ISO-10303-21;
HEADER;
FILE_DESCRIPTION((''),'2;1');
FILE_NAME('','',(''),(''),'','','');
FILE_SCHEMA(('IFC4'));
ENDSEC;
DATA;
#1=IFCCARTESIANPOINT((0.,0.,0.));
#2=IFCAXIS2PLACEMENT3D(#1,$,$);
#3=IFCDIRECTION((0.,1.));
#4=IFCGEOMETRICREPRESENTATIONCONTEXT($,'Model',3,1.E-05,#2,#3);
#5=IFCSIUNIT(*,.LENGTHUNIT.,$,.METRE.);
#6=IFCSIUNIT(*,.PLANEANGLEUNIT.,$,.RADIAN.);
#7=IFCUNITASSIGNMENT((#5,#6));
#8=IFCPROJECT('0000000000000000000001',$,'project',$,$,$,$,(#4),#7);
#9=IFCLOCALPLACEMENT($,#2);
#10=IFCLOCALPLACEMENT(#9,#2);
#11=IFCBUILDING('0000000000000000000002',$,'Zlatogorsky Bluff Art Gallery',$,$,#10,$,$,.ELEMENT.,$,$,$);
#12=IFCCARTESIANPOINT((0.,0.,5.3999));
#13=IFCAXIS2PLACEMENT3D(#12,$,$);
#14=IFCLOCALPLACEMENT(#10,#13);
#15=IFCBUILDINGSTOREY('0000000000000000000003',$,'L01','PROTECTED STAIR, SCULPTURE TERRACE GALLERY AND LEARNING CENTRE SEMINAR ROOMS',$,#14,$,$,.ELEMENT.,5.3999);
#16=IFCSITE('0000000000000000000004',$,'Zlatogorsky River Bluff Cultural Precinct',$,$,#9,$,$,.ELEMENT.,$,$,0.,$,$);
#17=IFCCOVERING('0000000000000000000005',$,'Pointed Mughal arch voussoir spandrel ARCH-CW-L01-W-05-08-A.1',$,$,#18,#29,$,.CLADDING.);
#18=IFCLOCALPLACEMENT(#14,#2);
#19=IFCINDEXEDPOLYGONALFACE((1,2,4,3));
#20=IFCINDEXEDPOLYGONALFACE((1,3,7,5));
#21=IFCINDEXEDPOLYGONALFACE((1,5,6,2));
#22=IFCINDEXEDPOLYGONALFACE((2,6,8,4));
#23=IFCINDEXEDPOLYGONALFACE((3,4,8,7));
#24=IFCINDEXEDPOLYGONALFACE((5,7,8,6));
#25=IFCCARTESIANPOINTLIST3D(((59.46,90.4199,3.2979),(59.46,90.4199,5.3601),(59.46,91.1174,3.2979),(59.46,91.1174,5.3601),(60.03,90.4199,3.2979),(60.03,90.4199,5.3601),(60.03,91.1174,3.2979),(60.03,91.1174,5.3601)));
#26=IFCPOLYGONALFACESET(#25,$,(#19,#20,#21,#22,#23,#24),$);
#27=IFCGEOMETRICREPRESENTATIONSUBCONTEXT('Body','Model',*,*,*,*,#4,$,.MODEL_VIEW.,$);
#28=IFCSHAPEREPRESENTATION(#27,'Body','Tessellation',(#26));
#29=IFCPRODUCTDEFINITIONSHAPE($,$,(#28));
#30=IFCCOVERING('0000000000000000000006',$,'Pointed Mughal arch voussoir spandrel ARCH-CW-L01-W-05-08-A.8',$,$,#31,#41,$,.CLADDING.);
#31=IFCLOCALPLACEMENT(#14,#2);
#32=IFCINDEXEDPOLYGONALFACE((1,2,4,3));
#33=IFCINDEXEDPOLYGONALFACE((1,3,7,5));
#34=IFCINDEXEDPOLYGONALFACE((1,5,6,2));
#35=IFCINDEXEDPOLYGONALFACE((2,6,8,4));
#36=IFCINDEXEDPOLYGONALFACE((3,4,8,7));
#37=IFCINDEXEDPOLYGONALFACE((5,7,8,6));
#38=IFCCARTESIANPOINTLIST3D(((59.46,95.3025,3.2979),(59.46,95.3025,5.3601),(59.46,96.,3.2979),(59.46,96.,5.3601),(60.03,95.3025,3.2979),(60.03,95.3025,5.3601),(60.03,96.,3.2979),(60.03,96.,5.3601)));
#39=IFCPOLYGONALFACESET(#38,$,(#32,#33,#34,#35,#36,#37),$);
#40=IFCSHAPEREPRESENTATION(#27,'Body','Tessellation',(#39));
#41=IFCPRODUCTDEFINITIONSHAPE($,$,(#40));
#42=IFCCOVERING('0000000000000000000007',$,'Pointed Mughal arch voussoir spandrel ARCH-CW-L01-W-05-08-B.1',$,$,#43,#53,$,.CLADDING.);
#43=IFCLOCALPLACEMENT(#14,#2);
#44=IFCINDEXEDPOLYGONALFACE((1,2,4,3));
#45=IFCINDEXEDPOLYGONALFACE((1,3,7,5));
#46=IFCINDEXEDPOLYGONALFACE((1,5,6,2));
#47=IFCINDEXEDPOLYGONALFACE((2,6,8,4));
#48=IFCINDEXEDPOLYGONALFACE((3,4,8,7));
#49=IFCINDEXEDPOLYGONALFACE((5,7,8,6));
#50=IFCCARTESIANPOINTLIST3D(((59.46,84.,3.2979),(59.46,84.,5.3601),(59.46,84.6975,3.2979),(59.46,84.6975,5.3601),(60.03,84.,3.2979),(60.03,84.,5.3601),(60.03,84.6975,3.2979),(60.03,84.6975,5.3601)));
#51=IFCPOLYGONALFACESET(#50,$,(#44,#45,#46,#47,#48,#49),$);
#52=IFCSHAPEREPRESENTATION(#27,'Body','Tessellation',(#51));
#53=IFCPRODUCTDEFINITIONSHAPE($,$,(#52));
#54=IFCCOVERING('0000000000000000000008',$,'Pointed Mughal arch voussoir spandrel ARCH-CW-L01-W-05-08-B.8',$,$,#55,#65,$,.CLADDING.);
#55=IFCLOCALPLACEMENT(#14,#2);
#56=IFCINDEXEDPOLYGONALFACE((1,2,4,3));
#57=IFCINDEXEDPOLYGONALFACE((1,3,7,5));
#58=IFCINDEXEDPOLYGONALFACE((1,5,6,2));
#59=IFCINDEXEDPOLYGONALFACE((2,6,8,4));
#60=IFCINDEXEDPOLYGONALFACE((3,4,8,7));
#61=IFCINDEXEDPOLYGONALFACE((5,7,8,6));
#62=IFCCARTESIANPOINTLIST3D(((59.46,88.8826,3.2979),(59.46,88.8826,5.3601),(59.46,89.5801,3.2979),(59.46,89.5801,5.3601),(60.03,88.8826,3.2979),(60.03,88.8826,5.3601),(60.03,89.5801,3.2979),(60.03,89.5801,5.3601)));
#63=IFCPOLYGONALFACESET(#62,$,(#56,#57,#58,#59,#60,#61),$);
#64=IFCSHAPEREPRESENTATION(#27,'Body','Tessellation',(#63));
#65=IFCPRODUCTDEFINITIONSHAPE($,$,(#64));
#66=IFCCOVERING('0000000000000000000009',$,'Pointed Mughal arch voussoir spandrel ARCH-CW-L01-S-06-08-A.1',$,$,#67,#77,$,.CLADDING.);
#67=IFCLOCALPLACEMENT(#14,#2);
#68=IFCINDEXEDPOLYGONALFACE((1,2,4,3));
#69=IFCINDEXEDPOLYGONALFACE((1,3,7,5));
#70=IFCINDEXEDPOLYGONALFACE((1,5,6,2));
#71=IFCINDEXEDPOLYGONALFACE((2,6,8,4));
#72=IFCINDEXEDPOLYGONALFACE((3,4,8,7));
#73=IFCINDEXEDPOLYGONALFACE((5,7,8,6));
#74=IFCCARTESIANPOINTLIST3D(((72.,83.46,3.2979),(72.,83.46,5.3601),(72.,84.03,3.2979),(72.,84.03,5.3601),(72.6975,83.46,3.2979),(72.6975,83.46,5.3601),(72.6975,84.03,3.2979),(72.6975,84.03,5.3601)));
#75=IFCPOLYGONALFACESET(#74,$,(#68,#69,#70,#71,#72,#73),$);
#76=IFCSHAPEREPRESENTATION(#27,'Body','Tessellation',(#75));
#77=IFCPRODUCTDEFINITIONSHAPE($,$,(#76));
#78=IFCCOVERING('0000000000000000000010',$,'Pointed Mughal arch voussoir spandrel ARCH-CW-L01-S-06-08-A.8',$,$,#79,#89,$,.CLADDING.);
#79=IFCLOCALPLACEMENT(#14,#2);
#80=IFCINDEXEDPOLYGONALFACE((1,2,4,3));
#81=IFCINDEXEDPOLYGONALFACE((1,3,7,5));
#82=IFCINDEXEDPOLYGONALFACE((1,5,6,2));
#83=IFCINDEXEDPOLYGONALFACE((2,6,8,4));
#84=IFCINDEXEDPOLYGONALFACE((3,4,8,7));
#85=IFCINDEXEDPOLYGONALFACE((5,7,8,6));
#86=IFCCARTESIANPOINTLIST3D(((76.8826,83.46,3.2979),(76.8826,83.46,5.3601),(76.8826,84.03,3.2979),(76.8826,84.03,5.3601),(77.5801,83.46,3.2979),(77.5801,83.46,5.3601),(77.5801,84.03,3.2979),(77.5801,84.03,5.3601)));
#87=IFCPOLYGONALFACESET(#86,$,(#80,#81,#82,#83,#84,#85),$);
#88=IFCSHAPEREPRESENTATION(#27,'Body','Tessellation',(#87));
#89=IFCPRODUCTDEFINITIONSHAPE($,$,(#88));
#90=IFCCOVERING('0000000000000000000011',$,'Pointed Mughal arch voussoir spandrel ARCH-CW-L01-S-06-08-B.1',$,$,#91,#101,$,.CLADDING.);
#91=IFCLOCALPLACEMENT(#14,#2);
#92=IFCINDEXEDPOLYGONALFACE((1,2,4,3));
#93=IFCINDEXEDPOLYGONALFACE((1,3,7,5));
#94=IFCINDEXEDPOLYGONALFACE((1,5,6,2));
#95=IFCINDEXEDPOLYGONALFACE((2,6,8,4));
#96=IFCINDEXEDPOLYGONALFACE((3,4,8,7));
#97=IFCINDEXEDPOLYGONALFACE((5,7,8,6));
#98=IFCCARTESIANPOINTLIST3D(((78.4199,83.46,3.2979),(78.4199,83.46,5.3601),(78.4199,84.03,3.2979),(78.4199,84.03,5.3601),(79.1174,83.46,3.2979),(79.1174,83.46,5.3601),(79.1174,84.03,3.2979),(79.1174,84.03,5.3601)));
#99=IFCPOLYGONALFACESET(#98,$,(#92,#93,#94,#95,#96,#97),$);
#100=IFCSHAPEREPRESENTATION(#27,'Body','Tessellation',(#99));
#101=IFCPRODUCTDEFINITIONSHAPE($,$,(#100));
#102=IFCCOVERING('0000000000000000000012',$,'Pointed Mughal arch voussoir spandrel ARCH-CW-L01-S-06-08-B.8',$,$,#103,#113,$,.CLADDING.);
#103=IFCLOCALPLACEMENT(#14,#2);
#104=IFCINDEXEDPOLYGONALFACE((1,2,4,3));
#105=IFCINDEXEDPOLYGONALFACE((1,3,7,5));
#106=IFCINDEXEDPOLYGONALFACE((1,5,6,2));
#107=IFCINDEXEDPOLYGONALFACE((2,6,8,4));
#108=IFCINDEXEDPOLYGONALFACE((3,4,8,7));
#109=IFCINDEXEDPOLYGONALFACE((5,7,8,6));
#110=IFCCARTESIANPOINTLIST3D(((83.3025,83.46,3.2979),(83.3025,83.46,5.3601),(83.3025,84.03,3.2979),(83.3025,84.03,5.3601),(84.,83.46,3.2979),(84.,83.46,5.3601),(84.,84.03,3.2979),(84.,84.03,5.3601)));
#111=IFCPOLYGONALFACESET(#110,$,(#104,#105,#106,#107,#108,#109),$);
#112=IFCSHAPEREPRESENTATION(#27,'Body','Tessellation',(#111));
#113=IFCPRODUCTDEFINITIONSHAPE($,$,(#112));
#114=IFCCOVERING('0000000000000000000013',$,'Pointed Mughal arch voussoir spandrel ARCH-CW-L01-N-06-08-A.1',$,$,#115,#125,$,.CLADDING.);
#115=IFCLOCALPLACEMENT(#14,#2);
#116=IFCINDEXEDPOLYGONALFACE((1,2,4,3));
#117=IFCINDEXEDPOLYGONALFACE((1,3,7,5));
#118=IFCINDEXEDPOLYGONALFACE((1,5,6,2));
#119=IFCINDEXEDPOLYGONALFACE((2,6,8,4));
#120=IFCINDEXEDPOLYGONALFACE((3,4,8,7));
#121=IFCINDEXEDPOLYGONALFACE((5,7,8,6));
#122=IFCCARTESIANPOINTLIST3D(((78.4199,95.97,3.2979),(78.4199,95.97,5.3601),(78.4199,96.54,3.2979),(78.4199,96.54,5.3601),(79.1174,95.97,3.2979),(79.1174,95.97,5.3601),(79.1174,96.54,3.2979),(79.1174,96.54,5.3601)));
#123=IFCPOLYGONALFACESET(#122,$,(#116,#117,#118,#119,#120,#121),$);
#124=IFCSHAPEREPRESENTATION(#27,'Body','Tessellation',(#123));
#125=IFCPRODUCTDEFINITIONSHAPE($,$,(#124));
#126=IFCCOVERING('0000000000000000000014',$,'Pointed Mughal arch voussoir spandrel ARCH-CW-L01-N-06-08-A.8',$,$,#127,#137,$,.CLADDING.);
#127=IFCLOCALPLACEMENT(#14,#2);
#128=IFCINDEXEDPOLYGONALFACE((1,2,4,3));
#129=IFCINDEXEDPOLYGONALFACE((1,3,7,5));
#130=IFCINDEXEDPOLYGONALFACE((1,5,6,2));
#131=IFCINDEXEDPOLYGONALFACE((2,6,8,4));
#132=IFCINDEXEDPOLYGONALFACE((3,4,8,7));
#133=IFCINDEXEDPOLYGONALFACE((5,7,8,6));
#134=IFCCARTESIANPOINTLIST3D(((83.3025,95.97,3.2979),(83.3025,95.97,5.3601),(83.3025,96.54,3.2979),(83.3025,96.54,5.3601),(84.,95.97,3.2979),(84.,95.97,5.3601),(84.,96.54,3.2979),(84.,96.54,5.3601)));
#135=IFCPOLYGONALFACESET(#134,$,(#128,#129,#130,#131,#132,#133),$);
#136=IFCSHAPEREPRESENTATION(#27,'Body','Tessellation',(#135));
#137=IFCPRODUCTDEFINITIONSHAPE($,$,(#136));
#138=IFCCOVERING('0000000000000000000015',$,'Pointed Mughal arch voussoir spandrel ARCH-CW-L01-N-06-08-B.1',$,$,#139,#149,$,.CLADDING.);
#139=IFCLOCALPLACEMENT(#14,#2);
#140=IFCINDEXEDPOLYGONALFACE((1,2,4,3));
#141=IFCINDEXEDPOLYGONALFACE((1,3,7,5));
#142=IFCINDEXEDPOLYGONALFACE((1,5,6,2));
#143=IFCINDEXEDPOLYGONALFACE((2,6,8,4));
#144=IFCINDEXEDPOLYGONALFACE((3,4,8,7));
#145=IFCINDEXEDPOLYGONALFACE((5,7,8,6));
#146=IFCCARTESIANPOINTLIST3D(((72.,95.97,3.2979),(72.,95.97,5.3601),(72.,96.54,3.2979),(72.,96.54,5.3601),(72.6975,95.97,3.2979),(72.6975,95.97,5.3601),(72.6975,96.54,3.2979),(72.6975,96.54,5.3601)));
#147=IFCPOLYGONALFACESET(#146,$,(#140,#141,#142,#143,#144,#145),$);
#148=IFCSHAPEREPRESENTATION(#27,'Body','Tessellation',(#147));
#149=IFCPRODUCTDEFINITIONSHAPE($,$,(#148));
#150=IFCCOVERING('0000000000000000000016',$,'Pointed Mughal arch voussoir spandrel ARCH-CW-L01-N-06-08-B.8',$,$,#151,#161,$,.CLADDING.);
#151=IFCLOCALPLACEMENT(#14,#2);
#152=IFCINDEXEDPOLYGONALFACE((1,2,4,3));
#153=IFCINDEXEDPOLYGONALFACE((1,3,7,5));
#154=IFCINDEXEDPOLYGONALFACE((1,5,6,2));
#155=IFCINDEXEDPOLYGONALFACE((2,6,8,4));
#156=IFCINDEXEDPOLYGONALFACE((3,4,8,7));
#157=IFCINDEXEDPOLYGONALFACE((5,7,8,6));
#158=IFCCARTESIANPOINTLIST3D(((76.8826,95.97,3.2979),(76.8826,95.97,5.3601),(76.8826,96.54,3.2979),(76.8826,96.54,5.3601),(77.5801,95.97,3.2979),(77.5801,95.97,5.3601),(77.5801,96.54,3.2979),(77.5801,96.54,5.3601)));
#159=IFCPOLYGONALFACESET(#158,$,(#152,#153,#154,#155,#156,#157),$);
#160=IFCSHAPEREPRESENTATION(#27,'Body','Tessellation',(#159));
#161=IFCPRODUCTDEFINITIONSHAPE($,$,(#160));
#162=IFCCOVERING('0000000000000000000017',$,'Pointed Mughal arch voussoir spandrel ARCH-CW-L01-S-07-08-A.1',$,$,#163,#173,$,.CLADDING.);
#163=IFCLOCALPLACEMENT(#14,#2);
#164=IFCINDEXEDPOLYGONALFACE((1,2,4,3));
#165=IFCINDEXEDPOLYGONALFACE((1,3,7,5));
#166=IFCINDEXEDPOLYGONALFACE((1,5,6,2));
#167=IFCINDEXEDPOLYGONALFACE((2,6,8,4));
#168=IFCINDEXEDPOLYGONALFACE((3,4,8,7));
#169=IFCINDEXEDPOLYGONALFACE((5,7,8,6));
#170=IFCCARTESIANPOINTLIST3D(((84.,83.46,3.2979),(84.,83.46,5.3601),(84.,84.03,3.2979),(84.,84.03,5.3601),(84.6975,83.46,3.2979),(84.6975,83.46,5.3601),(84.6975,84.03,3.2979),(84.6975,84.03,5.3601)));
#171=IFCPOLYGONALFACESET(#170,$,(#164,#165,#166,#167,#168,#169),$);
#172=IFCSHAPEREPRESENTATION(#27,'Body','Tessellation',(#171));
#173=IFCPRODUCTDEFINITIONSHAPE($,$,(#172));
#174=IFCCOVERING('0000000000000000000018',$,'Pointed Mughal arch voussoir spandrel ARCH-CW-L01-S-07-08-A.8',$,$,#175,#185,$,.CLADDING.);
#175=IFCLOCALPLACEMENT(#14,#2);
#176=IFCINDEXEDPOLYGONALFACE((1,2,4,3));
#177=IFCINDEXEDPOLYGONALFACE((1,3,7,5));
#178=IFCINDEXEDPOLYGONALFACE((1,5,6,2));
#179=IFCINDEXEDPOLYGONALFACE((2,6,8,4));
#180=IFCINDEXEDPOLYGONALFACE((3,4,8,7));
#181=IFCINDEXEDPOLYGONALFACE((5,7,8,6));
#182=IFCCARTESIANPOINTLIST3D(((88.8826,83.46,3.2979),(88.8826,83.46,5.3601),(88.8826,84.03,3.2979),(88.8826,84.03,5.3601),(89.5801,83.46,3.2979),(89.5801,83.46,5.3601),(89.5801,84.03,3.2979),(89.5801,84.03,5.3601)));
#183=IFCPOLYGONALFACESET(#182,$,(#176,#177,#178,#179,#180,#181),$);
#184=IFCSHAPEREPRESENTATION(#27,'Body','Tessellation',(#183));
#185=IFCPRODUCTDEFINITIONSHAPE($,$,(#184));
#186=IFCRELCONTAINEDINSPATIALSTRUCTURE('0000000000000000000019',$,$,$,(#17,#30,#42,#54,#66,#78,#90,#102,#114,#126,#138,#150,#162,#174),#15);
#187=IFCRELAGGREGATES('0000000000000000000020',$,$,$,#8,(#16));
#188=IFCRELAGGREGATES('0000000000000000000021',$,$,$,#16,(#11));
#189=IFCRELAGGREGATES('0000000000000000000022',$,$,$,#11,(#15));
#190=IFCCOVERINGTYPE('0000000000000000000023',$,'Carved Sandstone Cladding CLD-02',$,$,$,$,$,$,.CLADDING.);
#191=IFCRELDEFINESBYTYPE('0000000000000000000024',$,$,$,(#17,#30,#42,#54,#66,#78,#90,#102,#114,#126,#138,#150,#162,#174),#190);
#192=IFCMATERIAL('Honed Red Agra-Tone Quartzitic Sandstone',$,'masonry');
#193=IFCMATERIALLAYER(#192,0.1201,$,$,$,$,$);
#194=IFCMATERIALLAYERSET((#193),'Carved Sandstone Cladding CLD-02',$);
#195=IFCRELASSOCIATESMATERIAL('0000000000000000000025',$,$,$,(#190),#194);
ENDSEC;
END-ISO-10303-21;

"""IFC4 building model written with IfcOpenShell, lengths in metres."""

from ifc_helpers import new_model, si_unit, direction, frame, origin, place, context, subcontext, project, spatial, polyline, outline, extrude, material, layer, layer_set, type_object, element, save


model = new_model("IFC4")

# Units and contexts
model_context = context("Model", 3, precision=1e-05, world=origin(), true_north=direction((0.0, 1.0)))
body_context = subcontext(model_context, "Body", "Model", "MODEL_VIEW")
ifc_project = project(units=[si_unit("LENGTHUNIT", "METRE"), si_unit("PLANEANGLEUNIT", "RADIAN")], contexts=[model_context])

# Site, building, storey
site_placement = place(None, origin())
site = spatial("IfcSite", under=ifc_project, at=site_placement, Name="Zlatogorsky River Bluff Cultural Precinct", CompositionType="ELEMENT", RefElevation=0.0)
building_placement = place(site_placement, origin())
building = spatial("IfcBuilding", under=site, at=building_placement, Name="Zlatogorsky Bluff Art Gallery", CompositionType="ELEMENT")
storey_placement = place(building_placement, frame((0.0, 0.0, 5.3999)))
storey = spatial("IfcBuildingStorey", under=building, at=storey_placement, Name="L01", Description="PROTECTED STAIR, SCULPTURE TERRACE GALLERY AND LEARNING CENTRE SEMINAR ROOMS", CompositionType="ELEMENT", Elevation=5.3999)

# Coverings
ifc_material = material(Name="Honed Red Agra-Tone Quartzitic Sandstone", Category="masonry")
ifc_layer = layer(ifc_material, 0.1201)
ifc_layer_set = layer_set([ifc_layer], Name="Carved Sandstone Cladding CLD-02")
covering_type = type_object("IfcCoveringType", Name="Carved Sandstone Cladding CLD-02", PredefinedType="CLADDING", material=ifc_layer_set)
covering_1_placement = place(storey_placement, frame((0.0, 0.0, 3.2979)))
element("IfcCovering", 1, at=covering_1_placement, inside=storey, type_object=covering_type, Name="Pointed Mughal arch voussoir spandrel ARCH-CW-L01-W-05-08-A.1", PredefinedType="CLADDING", context=body_context, shape_type="SweptSolid", body=[
    extrude(outline(polyline([(59.46, 90.4199), (59.46, 91.1174), (60.03, 91.1174), (60.03, 90.4199), (59.46, 90.4199)])), origin(), (0.0, 0.0, 1.0), 2.0623),
])
covering_2_placement = place(storey_placement, frame((0.0, 0.0, 3.2979)))
element("IfcCovering", 2, at=covering_2_placement, inside=storey, type_object=covering_type, Name="Pointed Mughal arch voussoir spandrel ARCH-CW-L01-W-05-08-A.8", PredefinedType="CLADDING", context=body_context, shape_type="SweptSolid", body=[
    extrude(outline(polyline([(59.46, 95.3025), (59.46, 96.0), (60.03, 96.0), (60.03, 95.3025), (59.46, 95.3025)])), origin(), (0.0, 0.0, 1.0), 2.0623),
])
covering_3_placement = place(storey_placement, frame((0.0, 0.0, 3.2979)))
element("IfcCovering", 3, at=covering_3_placement, inside=storey, type_object=covering_type, Name="Pointed Mughal arch voussoir spandrel ARCH-CW-L01-W-05-08-B.1", PredefinedType="CLADDING", context=body_context, shape_type="SweptSolid", body=[
    extrude(outline(polyline([(59.46, 84.0), (59.46, 84.6975), (60.03, 84.6975), (60.03, 84.0), (59.46, 84.0)])), origin(), (0.0, 0.0, 1.0), 2.0623),
])
covering_4_placement = place(storey_placement, frame((0.0, 0.0, 3.2979)))
element("IfcCovering", 4, at=covering_4_placement, inside=storey, type_object=covering_type, Name="Pointed Mughal arch voussoir spandrel ARCH-CW-L01-W-05-08-B.8", PredefinedType="CLADDING", context=body_context, shape_type="SweptSolid", body=[
    extrude(outline(polyline([(59.46, 88.8826), (59.46, 89.5801), (60.03, 89.5801), (60.03, 88.8826), (59.46, 88.8826)])), origin(), (0.0, 0.0, 1.0), 2.0623),
])
covering_5_placement = place(storey_placement, frame((0.0, 0.0, 3.2979)))
element("IfcCovering", 5, at=covering_5_placement, inside=storey, type_object=covering_type, Name="Pointed Mughal arch voussoir spandrel ARCH-CW-L01-S-06-08-A.1", PredefinedType="CLADDING", context=body_context, shape_type="SweptSolid", body=[
    extrude(outline(polyline([(72.0, 83.46), (72.6975, 83.46), (72.6975, 84.03), (72.0, 84.03), (72.0, 83.46)])), origin(), (0.0, 0.0, 1.0), 2.0623),
])
covering_6_placement = place(storey_placement, frame((0.0, 0.0, 3.2979)))
element("IfcCovering", 6, at=covering_6_placement, inside=storey, type_object=covering_type, Name="Pointed Mughal arch voussoir spandrel ARCH-CW-L01-S-06-08-A.8", PredefinedType="CLADDING", context=body_context, shape_type="SweptSolid", body=[
    extrude(outline(polyline([(76.8826, 83.46), (77.5801, 83.46), (77.5801, 84.03), (76.8826, 84.03), (76.8826, 83.46)])), origin(), (0.0, 0.0, 1.0), 2.0623),
])
covering_7_placement = place(storey_placement, frame((0.0, 0.0, 3.2979)))
element("IfcCovering", 7, at=covering_7_placement, inside=storey, type_object=covering_type, Name="Pointed Mughal arch voussoir spandrel ARCH-CW-L01-S-06-08-B.1", PredefinedType="CLADDING", context=body_context, shape_type="SweptSolid", body=[
    extrude(outline(polyline([(78.4199, 83.46), (79.1174, 83.46), (79.1174, 84.03), (78.4199, 84.03), (78.4199, 83.46)])), origin(), (0.0, 0.0, 1.0), 2.0623),
])
covering_8_placement = place(storey_placement, frame((0.0, 0.0, 3.2979)))
element("IfcCovering", 8, at=covering_8_placement, inside=storey, type_object=covering_type, Name="Pointed Mughal arch voussoir spandrel ARCH-CW-L01-S-06-08-B.8", PredefinedType="CLADDING", context=body_context, shape_type="SweptSolid", body=[
    extrude(outline(polyline([(83.3025, 83.46), (84.0, 83.46), (84.0, 84.03), (83.3025, 84.03), (83.3025, 83.46)])), origin(), (0.0, 0.0, 1.0), 2.0623),
])
covering_9_placement = place(storey_placement, frame((0.0, 0.0, 3.2979)))
element("IfcCovering", 9, at=covering_9_placement, inside=storey, type_object=covering_type, Name="Pointed Mughal arch voussoir spandrel ARCH-CW-L01-N-06-08-A.1", PredefinedType="CLADDING", context=body_context, shape_type="SweptSolid", body=[
    extrude(outline(polyline([(78.4199, 95.97), (79.1174, 95.97), (79.1174, 96.54), (78.4199, 96.54), (78.4199, 95.97)])), origin(), (0.0, 0.0, 1.0), 2.0623),
])
covering_10_placement = place(storey_placement, frame((0.0, 0.0, 3.2979)))
element("IfcCovering", 10, at=covering_10_placement, inside=storey, type_object=covering_type, Name="Pointed Mughal arch voussoir spandrel ARCH-CW-L01-N-06-08-A.8", PredefinedType="CLADDING", context=body_context, shape_type="SweptSolid", body=[
    extrude(outline(polyline([(83.3025, 95.97), (84.0, 95.97), (84.0, 96.54), (83.3025, 96.54), (83.3025, 95.97)])), origin(), (0.0, 0.0, 1.0), 2.0623),
])
covering_11_placement = place(storey_placement, frame((0.0, 0.0, 3.2979)))
element("IfcCovering", 11, at=covering_11_placement, inside=storey, type_object=covering_type, Name="Pointed Mughal arch voussoir spandrel ARCH-CW-L01-N-06-08-B.1", PredefinedType="CLADDING", context=body_context, shape_type="SweptSolid", body=[
    extrude(outline(polyline([(72.0, 95.97), (72.6975, 95.97), (72.6975, 96.54), (72.0, 96.54), (72.0, 95.97)])), origin(), (0.0, 0.0, 1.0), 2.0623),
])
covering_12_placement = place(storey_placement, frame((0.0, 0.0, 3.2979)))
element("IfcCovering", 12, at=covering_12_placement, inside=storey, type_object=covering_type, Name="Pointed Mughal arch voussoir spandrel ARCH-CW-L01-N-06-08-B.8", PredefinedType="CLADDING", context=body_context, shape_type="SweptSolid", body=[
    extrude(outline(polyline([(76.8826, 95.97), (77.5801, 95.97), (77.5801, 96.54), (76.8826, 96.54), (76.8826, 95.97)])), origin(), (0.0, 0.0, 1.0), 2.0623),
])
covering_13_placement = place(storey_placement, frame((0.0, 0.0, 3.2979)))
element("IfcCovering", 13, at=covering_13_placement, inside=storey, type_object=covering_type, Name="Pointed Mughal arch voussoir spandrel ARCH-CW-L01-S-07-08-A.1", PredefinedType="CLADDING", context=body_context, shape_type="SweptSolid", body=[
    extrude(outline(polyline([(84.0, 83.46), (84.6975, 83.46), (84.6975, 84.03), (84.0, 84.03), (84.0, 83.46)])), origin(), (0.0, 0.0, 1.0), 2.0623),
])
covering_14_placement = place(storey_placement, frame((0.0, 0.0, 3.2979)))
element("IfcCovering", 14, at=covering_14_placement, inside=storey, type_object=covering_type, Name="Pointed Mughal arch voussoir spandrel ARCH-CW-L01-S-07-08-A.8", PredefinedType="CLADDING", context=body_context, shape_type="SweptSolid", body=[
    extrude(outline(polyline([(88.8826, 83.46), (89.5801, 83.46), (89.5801, 84.03), (88.8826, 84.03), (88.8826, 83.46)])), origin(), (0.0, 0.0, 1.0), 2.0623),
])

save(model, "model.ifc")
